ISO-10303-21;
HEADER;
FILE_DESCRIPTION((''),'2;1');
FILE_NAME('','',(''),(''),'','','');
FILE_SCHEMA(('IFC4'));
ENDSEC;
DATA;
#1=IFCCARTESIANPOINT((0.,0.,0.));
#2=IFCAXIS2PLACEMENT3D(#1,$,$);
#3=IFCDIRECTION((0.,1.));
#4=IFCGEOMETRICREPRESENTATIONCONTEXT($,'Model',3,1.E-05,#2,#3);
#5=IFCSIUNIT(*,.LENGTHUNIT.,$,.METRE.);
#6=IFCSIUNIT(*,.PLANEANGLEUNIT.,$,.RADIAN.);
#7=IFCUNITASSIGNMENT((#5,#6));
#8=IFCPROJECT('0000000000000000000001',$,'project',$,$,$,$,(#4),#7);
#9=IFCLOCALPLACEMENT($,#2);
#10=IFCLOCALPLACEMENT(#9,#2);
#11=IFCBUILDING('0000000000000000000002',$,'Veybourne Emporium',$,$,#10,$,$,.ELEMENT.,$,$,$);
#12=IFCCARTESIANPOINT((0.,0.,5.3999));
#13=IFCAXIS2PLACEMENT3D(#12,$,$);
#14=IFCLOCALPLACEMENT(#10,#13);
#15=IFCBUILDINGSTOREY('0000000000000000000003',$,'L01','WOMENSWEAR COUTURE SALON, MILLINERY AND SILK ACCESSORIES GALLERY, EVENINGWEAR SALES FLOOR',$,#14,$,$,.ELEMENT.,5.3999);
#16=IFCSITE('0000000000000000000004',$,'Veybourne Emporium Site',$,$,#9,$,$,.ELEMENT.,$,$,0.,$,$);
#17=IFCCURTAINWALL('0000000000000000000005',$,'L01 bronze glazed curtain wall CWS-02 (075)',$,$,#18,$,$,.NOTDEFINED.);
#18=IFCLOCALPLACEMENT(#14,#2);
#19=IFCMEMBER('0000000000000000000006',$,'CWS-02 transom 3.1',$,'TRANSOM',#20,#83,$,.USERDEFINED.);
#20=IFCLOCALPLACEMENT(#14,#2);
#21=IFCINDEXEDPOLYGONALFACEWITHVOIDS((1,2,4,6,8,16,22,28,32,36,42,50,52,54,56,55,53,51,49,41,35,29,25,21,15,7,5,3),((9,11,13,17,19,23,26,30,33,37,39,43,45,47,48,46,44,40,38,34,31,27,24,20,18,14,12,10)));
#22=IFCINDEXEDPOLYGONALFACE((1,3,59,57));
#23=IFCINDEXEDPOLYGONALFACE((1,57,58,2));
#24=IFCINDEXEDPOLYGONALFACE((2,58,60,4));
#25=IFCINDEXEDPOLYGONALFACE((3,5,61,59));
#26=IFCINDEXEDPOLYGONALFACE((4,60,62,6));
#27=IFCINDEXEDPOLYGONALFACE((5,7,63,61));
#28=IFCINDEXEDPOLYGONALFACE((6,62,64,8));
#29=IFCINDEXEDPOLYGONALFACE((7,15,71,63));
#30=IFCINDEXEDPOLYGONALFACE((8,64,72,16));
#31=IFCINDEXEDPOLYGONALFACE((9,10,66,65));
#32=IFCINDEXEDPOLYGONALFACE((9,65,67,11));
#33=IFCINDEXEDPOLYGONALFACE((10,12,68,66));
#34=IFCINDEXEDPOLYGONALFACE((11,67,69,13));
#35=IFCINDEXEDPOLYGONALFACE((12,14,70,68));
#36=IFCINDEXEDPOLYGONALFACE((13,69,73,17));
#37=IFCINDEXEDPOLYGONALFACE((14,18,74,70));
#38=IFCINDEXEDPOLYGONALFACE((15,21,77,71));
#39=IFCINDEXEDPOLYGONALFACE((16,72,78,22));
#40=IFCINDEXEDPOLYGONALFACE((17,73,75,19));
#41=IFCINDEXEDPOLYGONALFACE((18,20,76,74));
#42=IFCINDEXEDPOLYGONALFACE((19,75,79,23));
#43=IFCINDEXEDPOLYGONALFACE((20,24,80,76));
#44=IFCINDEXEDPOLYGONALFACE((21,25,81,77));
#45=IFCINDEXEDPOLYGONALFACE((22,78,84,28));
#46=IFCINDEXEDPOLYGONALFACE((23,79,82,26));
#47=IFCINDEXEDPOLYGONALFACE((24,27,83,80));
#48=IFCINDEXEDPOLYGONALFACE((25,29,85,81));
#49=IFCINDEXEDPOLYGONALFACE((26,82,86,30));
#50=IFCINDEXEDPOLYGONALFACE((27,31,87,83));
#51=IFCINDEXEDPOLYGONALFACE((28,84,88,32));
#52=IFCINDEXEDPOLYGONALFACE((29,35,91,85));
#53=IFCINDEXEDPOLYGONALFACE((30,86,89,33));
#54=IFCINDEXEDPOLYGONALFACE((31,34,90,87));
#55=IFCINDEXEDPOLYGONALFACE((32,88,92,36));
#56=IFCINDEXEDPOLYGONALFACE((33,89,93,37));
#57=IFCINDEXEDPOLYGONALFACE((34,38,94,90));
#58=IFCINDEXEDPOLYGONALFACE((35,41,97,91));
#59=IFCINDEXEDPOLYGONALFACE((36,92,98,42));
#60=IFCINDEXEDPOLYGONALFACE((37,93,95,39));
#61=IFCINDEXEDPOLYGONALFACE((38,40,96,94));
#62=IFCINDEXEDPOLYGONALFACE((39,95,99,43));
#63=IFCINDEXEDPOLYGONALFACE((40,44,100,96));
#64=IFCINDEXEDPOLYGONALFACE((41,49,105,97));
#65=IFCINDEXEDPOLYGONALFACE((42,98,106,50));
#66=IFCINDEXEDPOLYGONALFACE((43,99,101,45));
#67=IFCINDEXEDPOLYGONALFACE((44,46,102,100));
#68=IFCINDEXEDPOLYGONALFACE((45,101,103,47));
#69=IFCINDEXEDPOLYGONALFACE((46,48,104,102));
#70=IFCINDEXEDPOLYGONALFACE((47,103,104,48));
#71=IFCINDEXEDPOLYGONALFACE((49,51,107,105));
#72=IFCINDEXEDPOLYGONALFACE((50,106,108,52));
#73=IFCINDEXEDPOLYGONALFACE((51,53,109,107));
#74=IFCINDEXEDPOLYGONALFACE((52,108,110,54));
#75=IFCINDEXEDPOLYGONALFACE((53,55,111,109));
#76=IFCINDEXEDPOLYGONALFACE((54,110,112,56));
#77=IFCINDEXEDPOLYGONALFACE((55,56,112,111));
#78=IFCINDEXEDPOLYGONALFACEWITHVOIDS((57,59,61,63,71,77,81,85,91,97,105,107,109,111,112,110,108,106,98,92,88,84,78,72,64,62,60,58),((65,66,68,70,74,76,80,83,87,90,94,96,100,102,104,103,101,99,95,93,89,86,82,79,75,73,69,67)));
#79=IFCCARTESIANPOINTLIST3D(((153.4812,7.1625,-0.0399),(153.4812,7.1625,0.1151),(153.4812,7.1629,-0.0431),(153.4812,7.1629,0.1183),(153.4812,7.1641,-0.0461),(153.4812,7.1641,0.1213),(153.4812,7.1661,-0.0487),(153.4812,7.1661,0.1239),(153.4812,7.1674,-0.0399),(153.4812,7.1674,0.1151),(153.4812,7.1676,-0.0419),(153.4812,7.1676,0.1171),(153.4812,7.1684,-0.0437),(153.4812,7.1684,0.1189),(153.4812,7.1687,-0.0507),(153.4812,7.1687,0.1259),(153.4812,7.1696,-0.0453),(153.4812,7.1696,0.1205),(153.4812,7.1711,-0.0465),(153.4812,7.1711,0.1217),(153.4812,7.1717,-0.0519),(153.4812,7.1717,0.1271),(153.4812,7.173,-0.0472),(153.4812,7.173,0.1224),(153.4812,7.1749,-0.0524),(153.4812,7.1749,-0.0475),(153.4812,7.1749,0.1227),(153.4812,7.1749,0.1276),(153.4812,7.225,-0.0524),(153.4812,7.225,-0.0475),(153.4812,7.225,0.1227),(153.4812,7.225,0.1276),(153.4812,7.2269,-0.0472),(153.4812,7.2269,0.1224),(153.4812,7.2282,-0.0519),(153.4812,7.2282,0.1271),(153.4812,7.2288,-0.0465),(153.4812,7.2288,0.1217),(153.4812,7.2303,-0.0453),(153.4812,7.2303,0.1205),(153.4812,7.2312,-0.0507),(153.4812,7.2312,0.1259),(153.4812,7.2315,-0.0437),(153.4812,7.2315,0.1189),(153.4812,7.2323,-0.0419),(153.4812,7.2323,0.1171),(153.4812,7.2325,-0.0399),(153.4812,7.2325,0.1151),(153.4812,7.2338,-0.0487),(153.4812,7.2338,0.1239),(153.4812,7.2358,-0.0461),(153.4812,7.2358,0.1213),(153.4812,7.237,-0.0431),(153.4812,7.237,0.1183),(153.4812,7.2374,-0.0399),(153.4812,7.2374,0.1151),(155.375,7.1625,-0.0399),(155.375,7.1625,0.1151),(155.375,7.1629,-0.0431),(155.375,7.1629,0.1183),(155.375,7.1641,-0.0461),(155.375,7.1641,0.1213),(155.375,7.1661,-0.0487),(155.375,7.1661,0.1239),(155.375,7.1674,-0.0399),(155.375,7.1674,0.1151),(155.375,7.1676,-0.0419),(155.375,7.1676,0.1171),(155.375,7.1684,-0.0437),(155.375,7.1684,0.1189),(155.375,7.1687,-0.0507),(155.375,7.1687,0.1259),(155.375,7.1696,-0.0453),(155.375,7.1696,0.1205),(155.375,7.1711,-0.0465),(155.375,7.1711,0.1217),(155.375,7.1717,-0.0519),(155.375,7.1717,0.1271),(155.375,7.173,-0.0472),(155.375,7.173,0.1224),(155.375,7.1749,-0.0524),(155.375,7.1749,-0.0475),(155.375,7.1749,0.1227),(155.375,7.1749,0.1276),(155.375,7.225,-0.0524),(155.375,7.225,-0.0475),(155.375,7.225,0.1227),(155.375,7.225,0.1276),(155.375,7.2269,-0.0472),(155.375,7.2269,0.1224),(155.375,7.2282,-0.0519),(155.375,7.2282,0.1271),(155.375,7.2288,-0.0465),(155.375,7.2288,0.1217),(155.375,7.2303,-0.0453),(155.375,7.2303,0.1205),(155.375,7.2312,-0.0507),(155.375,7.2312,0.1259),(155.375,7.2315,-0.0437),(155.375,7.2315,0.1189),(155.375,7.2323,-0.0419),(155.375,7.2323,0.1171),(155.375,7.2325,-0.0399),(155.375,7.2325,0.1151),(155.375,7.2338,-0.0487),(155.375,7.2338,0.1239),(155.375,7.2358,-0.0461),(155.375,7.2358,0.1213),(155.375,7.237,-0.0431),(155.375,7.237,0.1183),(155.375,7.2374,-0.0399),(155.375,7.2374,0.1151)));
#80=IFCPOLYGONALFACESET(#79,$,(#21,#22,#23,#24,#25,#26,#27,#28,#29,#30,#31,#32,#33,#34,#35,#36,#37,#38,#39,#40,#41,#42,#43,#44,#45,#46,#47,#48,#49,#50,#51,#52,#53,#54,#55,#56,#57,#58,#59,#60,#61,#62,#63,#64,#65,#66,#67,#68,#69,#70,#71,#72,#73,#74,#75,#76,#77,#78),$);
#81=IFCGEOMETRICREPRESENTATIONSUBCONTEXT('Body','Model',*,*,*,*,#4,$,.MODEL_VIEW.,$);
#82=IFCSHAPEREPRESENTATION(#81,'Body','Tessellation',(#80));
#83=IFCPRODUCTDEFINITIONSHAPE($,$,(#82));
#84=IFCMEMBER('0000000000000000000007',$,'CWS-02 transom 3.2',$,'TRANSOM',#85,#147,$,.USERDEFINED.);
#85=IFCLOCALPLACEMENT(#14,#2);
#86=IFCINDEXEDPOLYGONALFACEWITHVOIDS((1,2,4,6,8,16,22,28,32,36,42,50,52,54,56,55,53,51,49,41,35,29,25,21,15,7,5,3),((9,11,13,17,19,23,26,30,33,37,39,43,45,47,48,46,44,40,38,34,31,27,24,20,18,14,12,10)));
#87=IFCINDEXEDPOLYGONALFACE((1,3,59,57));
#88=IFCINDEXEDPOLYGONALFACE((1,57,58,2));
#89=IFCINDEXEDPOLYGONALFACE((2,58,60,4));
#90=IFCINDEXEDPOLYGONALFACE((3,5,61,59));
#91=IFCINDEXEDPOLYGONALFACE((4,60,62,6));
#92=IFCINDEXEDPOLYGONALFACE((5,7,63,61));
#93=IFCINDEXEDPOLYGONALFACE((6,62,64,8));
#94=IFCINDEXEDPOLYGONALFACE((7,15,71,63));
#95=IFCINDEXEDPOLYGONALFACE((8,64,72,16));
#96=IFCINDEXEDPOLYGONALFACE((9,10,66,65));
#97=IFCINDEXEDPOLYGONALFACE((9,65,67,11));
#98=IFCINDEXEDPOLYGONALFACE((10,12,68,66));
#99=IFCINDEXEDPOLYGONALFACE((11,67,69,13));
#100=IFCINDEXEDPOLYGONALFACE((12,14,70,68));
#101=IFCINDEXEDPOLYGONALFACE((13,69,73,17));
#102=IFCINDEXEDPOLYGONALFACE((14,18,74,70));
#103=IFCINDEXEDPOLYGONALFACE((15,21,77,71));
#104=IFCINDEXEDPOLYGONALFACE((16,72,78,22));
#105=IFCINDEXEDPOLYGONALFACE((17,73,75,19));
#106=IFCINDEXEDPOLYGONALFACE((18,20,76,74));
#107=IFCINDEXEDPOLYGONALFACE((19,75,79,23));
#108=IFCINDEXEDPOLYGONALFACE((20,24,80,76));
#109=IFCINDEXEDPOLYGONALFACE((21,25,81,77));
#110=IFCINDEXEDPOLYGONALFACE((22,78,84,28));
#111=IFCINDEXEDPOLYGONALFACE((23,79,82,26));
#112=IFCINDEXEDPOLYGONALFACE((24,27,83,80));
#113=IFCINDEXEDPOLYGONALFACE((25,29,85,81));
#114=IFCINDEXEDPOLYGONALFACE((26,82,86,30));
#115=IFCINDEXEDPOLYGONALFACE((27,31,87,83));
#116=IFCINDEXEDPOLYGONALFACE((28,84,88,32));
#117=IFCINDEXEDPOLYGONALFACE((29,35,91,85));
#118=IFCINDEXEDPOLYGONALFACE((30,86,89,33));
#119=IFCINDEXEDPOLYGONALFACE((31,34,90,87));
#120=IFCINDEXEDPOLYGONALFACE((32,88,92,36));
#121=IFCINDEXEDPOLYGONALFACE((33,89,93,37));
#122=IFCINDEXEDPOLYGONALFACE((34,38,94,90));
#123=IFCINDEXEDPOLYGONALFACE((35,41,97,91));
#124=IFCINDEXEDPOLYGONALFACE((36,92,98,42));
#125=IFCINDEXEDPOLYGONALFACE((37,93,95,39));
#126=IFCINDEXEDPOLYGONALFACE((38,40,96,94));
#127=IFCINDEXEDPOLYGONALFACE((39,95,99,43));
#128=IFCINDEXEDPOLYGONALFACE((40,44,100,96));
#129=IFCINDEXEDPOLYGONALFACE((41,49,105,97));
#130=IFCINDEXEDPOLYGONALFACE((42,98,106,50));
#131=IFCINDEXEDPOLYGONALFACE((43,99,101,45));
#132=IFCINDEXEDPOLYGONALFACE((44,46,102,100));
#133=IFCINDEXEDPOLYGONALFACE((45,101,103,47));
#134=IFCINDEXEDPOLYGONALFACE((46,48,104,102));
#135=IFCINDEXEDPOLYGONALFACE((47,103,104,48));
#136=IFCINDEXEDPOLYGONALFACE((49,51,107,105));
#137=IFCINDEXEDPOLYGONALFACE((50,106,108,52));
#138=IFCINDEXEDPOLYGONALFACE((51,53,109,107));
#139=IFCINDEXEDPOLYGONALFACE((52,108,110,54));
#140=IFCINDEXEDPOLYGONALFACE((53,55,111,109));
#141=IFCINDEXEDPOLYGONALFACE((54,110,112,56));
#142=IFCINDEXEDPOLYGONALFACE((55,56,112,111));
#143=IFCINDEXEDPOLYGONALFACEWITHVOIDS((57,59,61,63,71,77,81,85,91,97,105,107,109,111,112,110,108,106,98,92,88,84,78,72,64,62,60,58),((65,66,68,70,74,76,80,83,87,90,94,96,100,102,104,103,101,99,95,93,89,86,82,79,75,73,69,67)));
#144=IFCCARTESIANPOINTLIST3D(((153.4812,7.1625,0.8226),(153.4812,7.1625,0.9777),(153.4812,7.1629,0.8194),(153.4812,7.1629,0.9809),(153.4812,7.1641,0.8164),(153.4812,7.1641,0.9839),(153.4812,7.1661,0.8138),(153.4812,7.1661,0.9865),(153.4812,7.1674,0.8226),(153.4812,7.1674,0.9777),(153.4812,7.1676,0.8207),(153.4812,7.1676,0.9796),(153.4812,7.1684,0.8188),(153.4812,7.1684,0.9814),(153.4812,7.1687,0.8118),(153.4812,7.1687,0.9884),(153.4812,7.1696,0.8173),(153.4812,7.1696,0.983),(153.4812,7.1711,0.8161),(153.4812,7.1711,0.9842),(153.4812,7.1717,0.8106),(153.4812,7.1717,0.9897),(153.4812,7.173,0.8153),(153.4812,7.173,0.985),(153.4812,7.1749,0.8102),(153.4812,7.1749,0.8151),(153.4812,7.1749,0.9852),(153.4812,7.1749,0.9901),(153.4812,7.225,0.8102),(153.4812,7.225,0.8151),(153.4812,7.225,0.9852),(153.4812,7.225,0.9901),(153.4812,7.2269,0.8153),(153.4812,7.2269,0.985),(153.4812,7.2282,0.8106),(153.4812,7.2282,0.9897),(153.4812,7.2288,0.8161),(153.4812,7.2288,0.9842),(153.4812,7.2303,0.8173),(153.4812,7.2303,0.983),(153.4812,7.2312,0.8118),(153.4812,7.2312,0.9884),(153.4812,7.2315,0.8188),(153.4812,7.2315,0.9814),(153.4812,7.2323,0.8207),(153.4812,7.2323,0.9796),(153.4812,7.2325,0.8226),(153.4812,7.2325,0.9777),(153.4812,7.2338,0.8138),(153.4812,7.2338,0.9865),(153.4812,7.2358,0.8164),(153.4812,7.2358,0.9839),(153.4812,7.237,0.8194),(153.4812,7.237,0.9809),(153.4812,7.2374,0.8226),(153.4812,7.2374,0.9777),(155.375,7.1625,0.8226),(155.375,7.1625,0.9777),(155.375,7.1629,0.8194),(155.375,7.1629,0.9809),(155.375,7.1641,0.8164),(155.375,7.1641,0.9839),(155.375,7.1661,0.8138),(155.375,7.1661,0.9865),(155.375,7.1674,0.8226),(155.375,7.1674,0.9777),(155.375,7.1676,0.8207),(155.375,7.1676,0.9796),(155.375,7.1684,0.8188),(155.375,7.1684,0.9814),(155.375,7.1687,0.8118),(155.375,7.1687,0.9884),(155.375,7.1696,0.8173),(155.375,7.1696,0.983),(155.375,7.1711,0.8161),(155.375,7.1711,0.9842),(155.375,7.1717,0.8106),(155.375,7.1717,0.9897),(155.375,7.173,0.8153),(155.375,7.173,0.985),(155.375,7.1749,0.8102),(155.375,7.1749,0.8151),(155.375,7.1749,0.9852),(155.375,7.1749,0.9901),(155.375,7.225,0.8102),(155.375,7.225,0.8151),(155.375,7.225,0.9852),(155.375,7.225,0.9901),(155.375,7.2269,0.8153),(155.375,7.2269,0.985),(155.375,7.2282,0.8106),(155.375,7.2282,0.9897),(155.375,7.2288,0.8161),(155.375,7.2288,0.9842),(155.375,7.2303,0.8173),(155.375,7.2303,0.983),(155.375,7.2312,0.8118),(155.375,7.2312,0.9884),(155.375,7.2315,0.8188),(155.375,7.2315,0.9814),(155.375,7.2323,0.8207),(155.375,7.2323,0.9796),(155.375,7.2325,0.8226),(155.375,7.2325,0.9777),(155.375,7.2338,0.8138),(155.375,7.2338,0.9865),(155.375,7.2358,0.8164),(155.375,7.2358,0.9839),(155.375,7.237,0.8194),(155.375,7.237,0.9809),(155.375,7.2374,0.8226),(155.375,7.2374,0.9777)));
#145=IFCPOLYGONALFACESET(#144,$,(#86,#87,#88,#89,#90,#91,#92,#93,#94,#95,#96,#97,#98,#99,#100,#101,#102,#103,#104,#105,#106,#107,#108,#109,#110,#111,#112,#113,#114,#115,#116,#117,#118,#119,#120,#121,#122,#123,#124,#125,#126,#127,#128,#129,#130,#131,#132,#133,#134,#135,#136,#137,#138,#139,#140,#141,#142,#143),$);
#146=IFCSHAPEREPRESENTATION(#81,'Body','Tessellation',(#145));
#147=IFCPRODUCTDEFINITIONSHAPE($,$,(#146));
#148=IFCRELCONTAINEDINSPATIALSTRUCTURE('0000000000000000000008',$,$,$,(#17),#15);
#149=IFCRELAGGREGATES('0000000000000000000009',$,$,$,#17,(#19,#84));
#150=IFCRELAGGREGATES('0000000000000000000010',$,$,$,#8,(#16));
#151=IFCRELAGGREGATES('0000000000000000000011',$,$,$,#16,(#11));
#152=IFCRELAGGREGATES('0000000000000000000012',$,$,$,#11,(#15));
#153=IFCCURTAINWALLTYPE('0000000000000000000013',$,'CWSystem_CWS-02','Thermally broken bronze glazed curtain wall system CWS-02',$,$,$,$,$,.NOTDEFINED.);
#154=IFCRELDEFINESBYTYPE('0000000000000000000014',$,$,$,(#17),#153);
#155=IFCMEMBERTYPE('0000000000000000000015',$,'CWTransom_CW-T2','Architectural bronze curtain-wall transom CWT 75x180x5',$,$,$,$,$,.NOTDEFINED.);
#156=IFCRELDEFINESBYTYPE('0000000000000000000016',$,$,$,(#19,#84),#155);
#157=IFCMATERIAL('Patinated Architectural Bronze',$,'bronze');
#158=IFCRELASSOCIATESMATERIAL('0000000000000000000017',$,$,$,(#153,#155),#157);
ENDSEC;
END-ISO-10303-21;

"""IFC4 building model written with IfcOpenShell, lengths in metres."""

from ifc_helpers import new_model, si_unit, direction, frame, origin, origin_2d, place, context, subcontext, project, spatial, hollow_rectangle, extrude, material, material_profile, profile_set, type_object, element, aggregate, save


model = new_model("IFC4")

# Units and contexts
model_context = context("Model", 3, precision=1e-05, world=origin(), true_north=direction((0.0, 1.0)))
body_context = subcontext(model_context, "Body", "Model", "MODEL_VIEW")
ifc_project = project(units=[si_unit("LENGTHUNIT", "METRE"), si_unit("PLANEANGLEUNIT", "RADIAN")], contexts=[model_context])

# Site, building, storey
site_placement = place(None, origin())
site = spatial("IfcSite", under=ifc_project, at=site_placement, Name="Veybourne Emporium Site", CompositionType="ELEMENT", RefElevation=0.0)
building_placement = place(site_placement, origin())
building = spatial("IfcBuilding", under=site, at=building_placement, Name="Veybourne Emporium", CompositionType="ELEMENT")
storey_placement = place(building_placement, frame((0.0, 0.0, 5.3999)))
storey = spatial("IfcBuildingStorey", under=building, at=storey_placement, Name="L01", Description="WOMENSWEAR COUTURE SALON, MILLINERY AND SILK ACCESSORIES GALLERY, EVENINGWEAR SALES FLOOR", CompositionType="ELEMENT", Elevation=5.3999)

# Shared definitions
ifc_material_1 = material(Name="Patinated Architectural Bronze", Category="bronze")

# Curtain wall
curtain_wall_type_1 = type_object("IfcCurtainWallType", Name="CWSystem_CWS-02", Description="Thermally broken bronze glazed curtain wall system CWS-02", PredefinedType="NOTDEFINED", material=ifc_material_1)
curtain_wall_1_placement = place(storey_placement, origin())
curtain_wall_1 = element("IfcCurtainWall", 1, at=curtain_wall_1_placement, inside=storey, type_object=curtain_wall_type_1, Name="L01 bronze glazed curtain wall CWS-02 (075)", PredefinedType="NOTDEFINED")

# Members
ifc_material_profile_1 = material_profile(ifc_material_1, hollow_rectangle(XDim=0.075, YDim=0.1799, WallThickness=0.0049, InnerFilletRadius=0.0076, OuterFilletRadius=0.0125, at=origin_2d()), Name="CWT 75x180x5")
ifc_profile_set_1 = profile_set([ifc_material_profile_1], Name="Patinated Architectural Bronze")
member_type_1 = type_object("IfcMemberType", Name="CWTransom_CW-T2", Description="Architectural bronze curtain-wall transom CWT 75x180x5", PredefinedType="NOTDEFINED", material=ifc_profile_set_1)
member_1_placement = place(storey_placement, frame((155.375, 7.2, 0.0376), z_axis=(-1.0, 0.0, 0.0), x_axis=(0.0, -1.0, 0.0)))
member_1 = element("IfcMember", 2, at=member_1_placement, type_object=member_type_1, Name="CWS-02 transom 3.1", ObjectType="TRANSOM", PredefinedType="USERDEFINED", context=body_context, shape_type="SweptSolid", body=[
    extrude(hollow_rectangle(XDim=0.075, YDim=0.1799, WallThickness=0.0049, InnerFilletRadius=0.0076, OuterFilletRadius=0.0125, at=origin_2d()), origin(), (0.0, 0.0, 1.0), 1.8938),
])
member_2_placement = place(storey_placement, frame((155.375, 7.2, 0.9001), z_axis=(-1.0, 0.0, 0.0), x_axis=(0.0, -1.0, 0.0)))
member_2 = element("IfcMember", 3, at=member_2_placement, type_object=member_type_1, Name="CWS-02 transom 3.2", ObjectType="TRANSOM", PredefinedType="USERDEFINED", context=body_context, shape_type="SweptSolid", body=[
    extrude(hollow_rectangle(XDim=0.075, YDim=0.1799, WallThickness=0.0049, InnerFilletRadius=0.0076, OuterFilletRadius=0.0125, at=origin_2d()), origin(), (0.0, 0.0, 1.0), 1.8938),
])

aggregate(curtain_wall_1, [member_1, member_2])

save(model, "model.ifc")
